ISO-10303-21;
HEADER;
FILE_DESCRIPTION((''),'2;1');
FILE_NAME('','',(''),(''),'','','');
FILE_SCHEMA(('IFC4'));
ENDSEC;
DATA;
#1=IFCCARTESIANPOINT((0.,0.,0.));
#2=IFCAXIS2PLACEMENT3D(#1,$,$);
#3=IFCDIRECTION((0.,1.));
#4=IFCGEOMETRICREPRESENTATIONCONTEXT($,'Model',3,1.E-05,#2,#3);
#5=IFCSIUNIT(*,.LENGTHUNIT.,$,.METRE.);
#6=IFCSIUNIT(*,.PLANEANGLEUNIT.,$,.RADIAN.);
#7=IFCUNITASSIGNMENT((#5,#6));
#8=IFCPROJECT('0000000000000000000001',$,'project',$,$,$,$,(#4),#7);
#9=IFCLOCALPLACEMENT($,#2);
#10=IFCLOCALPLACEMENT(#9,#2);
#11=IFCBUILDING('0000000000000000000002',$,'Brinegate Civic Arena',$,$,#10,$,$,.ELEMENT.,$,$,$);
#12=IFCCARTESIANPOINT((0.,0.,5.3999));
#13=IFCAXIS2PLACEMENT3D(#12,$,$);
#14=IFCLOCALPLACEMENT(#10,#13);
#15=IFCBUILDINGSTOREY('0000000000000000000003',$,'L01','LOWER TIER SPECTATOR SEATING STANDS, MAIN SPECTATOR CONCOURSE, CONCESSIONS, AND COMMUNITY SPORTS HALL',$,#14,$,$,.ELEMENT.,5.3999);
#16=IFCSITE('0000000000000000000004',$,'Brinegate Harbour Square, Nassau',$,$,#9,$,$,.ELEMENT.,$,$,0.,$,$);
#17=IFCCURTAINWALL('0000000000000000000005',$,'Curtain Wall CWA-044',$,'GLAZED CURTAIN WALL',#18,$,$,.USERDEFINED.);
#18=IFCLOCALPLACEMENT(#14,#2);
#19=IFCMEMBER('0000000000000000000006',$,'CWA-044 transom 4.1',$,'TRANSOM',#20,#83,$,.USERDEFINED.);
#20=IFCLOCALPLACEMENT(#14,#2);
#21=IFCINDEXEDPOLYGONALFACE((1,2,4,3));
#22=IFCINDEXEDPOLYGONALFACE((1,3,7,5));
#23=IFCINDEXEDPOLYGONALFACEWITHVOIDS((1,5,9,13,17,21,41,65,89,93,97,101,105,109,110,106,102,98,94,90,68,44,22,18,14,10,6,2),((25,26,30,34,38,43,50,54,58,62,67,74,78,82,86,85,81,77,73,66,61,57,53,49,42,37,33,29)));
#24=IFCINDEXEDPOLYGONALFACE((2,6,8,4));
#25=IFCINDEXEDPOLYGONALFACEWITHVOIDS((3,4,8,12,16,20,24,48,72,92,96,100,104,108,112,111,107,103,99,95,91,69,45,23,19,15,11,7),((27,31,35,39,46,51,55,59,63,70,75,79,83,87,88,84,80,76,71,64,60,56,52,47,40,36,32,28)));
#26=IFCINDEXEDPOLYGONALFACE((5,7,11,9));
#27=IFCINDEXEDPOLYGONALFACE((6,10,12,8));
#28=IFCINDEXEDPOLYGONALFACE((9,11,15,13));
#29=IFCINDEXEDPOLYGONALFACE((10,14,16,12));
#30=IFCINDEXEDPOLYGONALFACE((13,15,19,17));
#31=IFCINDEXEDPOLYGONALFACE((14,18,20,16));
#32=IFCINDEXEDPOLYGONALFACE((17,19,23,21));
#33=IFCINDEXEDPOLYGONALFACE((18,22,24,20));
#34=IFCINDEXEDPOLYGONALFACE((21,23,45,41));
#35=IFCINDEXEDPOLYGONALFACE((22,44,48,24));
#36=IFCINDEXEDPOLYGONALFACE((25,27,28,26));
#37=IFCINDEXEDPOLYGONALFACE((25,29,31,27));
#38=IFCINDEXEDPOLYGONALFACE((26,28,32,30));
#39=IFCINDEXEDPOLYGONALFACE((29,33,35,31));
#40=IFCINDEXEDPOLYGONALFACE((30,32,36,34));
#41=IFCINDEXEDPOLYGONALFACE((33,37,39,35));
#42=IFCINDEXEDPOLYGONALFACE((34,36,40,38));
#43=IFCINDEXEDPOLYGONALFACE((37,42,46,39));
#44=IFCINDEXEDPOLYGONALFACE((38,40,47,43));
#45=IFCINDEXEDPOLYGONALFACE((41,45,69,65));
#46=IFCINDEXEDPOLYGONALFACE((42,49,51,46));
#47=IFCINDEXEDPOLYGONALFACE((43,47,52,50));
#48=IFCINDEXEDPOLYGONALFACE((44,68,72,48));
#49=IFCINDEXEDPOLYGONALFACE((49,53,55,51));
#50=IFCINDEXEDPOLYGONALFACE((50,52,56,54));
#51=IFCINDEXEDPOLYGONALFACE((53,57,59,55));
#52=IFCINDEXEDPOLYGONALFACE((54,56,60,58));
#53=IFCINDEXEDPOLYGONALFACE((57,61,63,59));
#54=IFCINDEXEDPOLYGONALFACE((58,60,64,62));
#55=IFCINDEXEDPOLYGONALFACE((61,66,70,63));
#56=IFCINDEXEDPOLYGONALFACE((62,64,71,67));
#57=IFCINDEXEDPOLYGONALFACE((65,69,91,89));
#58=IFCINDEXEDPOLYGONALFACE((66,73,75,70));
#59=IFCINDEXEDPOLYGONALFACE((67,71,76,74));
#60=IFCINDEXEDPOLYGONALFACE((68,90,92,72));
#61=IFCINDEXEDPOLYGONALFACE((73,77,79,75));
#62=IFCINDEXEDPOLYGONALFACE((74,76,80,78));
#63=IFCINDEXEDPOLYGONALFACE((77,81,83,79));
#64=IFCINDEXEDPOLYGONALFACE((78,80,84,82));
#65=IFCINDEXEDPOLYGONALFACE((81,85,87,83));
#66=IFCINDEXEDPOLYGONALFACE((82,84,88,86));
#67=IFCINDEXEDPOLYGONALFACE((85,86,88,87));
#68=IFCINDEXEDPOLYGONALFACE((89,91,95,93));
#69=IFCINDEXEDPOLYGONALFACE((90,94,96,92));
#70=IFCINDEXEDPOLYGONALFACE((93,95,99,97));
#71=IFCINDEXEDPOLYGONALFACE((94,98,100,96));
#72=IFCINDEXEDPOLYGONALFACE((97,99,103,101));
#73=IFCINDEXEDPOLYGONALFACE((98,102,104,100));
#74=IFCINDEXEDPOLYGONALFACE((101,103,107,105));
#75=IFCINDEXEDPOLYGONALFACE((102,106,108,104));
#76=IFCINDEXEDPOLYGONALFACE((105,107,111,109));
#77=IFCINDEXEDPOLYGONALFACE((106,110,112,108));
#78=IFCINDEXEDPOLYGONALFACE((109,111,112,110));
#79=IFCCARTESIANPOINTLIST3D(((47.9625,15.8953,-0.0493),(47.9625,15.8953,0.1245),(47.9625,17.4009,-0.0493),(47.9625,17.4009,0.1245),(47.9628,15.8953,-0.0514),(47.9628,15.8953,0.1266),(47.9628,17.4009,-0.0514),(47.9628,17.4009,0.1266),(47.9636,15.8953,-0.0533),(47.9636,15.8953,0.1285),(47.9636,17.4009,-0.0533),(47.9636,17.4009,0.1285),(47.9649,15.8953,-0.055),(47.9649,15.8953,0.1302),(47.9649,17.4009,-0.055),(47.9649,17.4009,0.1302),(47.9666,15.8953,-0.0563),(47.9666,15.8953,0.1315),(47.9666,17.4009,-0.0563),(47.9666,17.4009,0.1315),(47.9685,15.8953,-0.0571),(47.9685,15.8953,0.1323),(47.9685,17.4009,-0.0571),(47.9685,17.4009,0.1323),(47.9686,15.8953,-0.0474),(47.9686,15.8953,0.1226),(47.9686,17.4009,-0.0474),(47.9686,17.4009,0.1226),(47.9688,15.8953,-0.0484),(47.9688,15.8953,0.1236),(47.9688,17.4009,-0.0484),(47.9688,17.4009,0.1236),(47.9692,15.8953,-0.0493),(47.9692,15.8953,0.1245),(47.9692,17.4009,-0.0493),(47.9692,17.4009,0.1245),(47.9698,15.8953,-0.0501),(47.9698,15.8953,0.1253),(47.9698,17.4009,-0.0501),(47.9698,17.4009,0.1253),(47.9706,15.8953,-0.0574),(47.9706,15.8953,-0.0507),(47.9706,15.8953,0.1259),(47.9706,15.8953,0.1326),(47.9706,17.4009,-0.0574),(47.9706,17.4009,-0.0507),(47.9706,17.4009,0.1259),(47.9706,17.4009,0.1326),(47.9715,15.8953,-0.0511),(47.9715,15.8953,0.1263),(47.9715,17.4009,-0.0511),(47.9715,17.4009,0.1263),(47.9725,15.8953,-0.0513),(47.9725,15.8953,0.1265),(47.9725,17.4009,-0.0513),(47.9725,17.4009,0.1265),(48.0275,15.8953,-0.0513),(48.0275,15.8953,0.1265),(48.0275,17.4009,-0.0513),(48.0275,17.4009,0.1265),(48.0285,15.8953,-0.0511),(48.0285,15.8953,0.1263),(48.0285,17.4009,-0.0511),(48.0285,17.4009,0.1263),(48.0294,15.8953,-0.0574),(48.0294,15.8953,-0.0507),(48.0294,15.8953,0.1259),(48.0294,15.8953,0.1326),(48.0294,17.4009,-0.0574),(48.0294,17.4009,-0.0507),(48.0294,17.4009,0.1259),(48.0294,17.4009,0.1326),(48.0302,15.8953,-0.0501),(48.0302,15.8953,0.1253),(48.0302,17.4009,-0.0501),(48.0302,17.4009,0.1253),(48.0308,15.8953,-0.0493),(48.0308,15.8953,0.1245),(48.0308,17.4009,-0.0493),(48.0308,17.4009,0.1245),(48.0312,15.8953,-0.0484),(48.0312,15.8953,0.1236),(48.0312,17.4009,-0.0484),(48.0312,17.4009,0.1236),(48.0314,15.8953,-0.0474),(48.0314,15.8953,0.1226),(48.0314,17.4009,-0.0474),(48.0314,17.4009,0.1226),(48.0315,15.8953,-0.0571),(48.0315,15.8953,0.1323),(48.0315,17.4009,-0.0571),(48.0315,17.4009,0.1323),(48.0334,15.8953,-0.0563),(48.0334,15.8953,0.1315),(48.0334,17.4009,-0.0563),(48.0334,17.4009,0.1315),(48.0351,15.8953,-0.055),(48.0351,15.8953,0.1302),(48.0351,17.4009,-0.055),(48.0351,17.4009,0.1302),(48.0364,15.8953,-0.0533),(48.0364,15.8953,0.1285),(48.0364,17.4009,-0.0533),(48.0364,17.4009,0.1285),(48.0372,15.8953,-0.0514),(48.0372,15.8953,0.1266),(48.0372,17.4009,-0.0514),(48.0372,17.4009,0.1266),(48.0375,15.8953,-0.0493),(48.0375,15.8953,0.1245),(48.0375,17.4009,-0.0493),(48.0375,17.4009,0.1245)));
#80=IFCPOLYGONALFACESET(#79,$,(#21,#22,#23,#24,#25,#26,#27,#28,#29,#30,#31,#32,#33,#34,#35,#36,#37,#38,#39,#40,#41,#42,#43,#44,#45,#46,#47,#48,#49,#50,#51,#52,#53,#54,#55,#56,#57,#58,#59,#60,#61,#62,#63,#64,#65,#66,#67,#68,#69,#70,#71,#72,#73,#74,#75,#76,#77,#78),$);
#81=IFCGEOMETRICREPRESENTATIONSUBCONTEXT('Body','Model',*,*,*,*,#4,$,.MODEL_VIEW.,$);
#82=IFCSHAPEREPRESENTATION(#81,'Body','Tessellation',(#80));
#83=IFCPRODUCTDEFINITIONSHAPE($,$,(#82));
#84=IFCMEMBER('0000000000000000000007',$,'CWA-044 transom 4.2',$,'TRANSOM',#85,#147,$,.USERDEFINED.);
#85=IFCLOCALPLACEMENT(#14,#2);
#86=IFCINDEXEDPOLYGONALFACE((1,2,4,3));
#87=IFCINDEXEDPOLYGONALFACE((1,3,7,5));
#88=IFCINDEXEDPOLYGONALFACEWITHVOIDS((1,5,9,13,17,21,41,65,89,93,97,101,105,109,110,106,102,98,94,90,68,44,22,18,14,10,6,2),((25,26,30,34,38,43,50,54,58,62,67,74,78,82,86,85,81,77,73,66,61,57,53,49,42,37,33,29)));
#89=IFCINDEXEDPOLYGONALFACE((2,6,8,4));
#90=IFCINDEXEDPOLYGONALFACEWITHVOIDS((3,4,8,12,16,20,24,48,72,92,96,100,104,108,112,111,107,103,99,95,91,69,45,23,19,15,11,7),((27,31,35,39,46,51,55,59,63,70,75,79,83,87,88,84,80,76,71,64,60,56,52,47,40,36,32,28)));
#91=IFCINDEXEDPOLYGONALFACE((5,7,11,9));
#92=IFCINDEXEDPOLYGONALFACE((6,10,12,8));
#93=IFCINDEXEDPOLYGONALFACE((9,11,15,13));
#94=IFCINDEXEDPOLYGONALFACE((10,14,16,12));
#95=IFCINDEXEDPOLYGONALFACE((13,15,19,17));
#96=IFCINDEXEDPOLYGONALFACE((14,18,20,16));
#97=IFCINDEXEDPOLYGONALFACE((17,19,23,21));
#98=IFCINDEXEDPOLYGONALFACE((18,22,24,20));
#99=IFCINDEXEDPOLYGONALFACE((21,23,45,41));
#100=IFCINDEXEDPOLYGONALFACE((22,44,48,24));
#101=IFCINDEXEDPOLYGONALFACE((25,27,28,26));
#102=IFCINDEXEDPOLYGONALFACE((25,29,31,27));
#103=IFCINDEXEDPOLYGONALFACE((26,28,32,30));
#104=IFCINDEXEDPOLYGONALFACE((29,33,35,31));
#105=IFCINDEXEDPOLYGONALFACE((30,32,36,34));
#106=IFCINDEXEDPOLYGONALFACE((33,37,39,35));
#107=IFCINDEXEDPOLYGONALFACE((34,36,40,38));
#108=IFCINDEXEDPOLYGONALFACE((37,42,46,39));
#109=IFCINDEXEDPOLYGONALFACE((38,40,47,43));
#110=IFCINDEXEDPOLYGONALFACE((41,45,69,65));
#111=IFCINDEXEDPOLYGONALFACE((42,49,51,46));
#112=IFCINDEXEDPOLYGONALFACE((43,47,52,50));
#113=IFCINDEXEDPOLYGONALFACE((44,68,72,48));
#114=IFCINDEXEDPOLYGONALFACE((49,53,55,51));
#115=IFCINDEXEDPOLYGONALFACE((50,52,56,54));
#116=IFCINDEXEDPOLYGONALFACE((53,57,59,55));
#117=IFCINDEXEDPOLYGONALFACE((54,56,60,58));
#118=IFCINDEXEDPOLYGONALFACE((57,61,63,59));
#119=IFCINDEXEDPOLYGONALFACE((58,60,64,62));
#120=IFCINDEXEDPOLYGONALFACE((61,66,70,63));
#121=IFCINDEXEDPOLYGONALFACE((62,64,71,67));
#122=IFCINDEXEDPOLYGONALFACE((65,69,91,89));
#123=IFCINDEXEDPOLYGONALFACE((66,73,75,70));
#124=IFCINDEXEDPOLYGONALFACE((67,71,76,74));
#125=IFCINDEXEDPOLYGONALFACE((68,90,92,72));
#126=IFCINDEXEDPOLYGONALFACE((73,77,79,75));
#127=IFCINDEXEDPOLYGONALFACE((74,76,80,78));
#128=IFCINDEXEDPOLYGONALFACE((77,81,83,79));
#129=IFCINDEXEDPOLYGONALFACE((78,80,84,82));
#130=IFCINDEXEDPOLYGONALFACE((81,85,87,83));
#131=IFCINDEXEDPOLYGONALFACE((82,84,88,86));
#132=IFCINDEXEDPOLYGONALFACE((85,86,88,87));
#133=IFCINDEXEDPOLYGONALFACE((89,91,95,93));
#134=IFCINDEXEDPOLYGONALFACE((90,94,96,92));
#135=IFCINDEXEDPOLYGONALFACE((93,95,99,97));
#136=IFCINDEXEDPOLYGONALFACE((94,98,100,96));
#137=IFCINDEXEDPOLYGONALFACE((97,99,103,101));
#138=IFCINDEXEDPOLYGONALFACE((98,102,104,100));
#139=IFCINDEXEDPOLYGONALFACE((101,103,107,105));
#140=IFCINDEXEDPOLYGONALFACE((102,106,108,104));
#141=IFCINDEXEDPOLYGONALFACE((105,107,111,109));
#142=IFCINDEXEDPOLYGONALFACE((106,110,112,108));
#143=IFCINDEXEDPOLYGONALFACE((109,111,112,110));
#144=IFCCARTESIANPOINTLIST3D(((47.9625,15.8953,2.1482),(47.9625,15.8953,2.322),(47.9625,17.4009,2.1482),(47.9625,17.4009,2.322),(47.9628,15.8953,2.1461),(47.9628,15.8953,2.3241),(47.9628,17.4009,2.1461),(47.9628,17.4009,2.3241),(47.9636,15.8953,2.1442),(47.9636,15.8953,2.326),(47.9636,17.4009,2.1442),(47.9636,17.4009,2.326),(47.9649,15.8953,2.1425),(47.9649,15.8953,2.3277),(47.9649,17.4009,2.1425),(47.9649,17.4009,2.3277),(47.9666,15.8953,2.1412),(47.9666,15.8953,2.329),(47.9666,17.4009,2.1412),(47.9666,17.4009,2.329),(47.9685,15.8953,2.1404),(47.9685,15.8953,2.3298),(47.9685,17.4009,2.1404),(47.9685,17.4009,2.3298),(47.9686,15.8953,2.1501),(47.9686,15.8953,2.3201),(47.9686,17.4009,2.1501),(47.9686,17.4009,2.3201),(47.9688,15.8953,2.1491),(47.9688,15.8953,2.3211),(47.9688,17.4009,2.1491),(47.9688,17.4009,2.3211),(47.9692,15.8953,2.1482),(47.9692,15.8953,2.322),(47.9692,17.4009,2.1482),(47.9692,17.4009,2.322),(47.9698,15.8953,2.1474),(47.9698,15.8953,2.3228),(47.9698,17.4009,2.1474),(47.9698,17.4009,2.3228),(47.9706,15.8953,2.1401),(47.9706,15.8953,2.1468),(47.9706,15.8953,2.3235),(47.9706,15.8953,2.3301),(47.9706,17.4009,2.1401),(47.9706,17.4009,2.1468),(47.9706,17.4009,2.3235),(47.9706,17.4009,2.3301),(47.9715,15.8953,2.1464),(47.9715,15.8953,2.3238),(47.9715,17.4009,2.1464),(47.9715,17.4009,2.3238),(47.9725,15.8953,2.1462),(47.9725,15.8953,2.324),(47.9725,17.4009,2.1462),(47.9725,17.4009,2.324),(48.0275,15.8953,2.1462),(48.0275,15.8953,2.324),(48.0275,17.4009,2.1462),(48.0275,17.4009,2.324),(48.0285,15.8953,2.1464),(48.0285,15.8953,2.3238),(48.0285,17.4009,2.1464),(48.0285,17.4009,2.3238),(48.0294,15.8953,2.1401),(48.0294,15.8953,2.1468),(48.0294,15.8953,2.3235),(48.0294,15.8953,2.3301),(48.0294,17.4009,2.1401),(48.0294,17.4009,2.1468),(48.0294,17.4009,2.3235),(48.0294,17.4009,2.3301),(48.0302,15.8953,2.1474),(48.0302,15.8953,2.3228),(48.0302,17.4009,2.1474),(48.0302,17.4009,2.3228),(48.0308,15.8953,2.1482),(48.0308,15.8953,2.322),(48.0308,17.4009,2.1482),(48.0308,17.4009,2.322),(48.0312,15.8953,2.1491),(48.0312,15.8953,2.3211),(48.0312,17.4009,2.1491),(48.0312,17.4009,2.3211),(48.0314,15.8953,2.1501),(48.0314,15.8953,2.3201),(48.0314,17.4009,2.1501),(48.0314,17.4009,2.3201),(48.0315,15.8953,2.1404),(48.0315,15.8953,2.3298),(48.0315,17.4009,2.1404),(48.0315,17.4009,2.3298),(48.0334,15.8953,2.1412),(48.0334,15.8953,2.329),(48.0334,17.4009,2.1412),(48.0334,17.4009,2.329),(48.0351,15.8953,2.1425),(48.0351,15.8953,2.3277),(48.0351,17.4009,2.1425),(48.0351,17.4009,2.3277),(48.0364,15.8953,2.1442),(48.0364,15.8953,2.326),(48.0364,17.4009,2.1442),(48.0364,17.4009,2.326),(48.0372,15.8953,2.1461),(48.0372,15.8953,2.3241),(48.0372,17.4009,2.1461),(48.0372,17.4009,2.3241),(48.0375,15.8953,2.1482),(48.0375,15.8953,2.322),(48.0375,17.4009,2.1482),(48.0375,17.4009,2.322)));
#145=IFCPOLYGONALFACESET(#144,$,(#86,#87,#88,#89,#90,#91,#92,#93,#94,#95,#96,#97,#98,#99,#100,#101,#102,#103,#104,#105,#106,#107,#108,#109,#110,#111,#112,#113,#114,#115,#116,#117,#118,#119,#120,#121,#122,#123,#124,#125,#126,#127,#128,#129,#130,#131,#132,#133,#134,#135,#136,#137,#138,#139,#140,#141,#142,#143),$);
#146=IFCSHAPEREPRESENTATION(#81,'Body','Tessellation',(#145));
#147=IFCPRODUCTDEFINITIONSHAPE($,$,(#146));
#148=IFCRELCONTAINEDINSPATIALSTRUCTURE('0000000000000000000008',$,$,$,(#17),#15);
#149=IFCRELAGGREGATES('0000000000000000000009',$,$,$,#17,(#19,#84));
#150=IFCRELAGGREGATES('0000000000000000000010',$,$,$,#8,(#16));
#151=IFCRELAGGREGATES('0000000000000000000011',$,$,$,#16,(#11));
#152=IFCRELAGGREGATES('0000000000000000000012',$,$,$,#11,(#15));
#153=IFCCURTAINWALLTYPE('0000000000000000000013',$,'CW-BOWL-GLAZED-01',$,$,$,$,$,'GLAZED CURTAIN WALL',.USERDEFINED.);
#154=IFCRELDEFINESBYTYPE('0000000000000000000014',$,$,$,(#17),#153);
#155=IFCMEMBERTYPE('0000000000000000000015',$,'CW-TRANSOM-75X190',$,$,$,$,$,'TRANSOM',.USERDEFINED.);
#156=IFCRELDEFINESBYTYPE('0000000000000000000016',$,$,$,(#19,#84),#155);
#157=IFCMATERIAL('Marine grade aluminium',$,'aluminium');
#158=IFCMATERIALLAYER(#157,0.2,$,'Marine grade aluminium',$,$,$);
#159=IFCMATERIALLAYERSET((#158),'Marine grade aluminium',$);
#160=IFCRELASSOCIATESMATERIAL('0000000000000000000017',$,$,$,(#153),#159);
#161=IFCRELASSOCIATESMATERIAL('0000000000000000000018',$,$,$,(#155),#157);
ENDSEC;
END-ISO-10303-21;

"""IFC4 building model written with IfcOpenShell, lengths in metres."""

from ifc_helpers import new_model, si_unit, direction, frame, origin, origin_2d, place, context, subcontext, project, spatial, hollow_rectangle, extrude, material, layer, layer_set, material_profile, profile_set, type_object, element, aggregate, save


model = new_model("IFC4")

# Units and contexts
model_context = context("Model", 3, precision=1e-05, world=origin(), true_north=direction((0.0, 1.0)))
body_context = subcontext(model_context, "Body", "Model", "MODEL_VIEW")
ifc_project = project(units=[si_unit("LENGTHUNIT", "METRE"), si_unit("PLANEANGLEUNIT", "RADIAN")], contexts=[model_context])

# Site, building, storey
site_placement = place(None, origin())
site = spatial("IfcSite", under=ifc_project, at=site_placement, Name="Brinegate Harbour Square, Nassau", CompositionType="ELEMENT", RefElevation=0.0)
building_placement = place(site_placement, origin())
building = spatial("IfcBuilding", under=site, at=building_placement, Name="Brinegate Civic Arena", CompositionType="ELEMENT")
storey_placement = place(building_placement, frame((0.0, 0.0, 5.3999)))
storey = spatial("IfcBuildingStorey", under=building, at=storey_placement, Name="L01", Description="LOWER TIER SPECTATOR SEATING STANDS, MAIN SPECTATOR CONCOURSE, CONCESSIONS, AND COMMUNITY SPORTS HALL", CompositionType="ELEMENT", Elevation=5.3999)

# Curtain wall, members
ifc_material_1 = material(Name="Marine grade aluminium", Category="aluminium")
ifc_layer_1 = layer(ifc_material_1, 0.2, Name="Marine grade aluminium")
ifc_layer_set_1 = layer_set([ifc_layer_1], Name="Marine grade aluminium")
curtain_wall_type = type_object("IfcCurtainWallType", Name="CW-BOWL-GLAZED-01", ElementType="GLAZED CURTAIN WALL", PredefinedType="USERDEFINED", material=ifc_layer_set_1)
curtain_wall_placement = place(storey_placement, origin())
curtain_wall = element("IfcCurtainWall", 1, at=curtain_wall_placement, inside=storey, type_object=curtain_wall_type, Name="Curtain Wall CWA-044", ObjectType="GLAZED CURTAIN WALL", PredefinedType="USERDEFINED")
ifc_material_profile_1 = material_profile(ifc_material_1, hollow_rectangle(XDim=0.075, YDim=0.1899, WallThickness=0.0061, InnerFilletRadius=0.0039, OuterFilletRadius=0.0081, at=origin_2d()), Name="TRN75X190")
ifc_profile_set_1 = profile_set([ifc_material_profile_1], Name="Marine grade aluminium")
member_type_1 = type_object("IfcMemberType", Name="CW-TRANSOM-75X190", ElementType="TRANSOM", PredefinedType="USERDEFINED", material=ifc_profile_set_1)
member_1_placement = place(storey_placement, frame((48.0, 15.8953, 0.0376), z_axis=(0.0, 1.0, 0.0), x_axis=(-1.0, 0.0, 0.0)))
member_1 = element("IfcMember", 2, at=member_1_placement, type_object=member_type_1, Name="CWA-044 transom 4.1", ObjectType="TRANSOM", PredefinedType="USERDEFINED", context=body_context, shape_type="SweptSolid", body=[
    extrude(hollow_rectangle(XDim=0.075, YDim=0.1899, WallThickness=0.0061, InnerFilletRadius=0.0039, OuterFilletRadius=0.0081, at=origin_2d()), origin(), (0.0, 0.0, 1.0), 1.5056),
])
member_2_placement = place(storey_placement, frame((48.0, 15.8953, 2.2351), z_axis=(0.0, 1.0, 0.0), x_axis=(-1.0, 0.0, 0.0)))
member_2 = element("IfcMember", 3, at=member_2_placement, type_object=member_type_1, Name="CWA-044 transom 4.2", ObjectType="TRANSOM", PredefinedType="USERDEFINED", context=body_context, shape_type="SweptSolid", body=[
    extrude(hollow_rectangle(XDim=0.075, YDim=0.1899, WallThickness=0.0061, InnerFilletRadius=0.0039, OuterFilletRadius=0.0081, at=origin_2d()), origin(), (0.0, 0.0, 1.0), 1.5056),
])

aggregate(curtain_wall, [member_1, member_2])

save(model, "model.ifc")
